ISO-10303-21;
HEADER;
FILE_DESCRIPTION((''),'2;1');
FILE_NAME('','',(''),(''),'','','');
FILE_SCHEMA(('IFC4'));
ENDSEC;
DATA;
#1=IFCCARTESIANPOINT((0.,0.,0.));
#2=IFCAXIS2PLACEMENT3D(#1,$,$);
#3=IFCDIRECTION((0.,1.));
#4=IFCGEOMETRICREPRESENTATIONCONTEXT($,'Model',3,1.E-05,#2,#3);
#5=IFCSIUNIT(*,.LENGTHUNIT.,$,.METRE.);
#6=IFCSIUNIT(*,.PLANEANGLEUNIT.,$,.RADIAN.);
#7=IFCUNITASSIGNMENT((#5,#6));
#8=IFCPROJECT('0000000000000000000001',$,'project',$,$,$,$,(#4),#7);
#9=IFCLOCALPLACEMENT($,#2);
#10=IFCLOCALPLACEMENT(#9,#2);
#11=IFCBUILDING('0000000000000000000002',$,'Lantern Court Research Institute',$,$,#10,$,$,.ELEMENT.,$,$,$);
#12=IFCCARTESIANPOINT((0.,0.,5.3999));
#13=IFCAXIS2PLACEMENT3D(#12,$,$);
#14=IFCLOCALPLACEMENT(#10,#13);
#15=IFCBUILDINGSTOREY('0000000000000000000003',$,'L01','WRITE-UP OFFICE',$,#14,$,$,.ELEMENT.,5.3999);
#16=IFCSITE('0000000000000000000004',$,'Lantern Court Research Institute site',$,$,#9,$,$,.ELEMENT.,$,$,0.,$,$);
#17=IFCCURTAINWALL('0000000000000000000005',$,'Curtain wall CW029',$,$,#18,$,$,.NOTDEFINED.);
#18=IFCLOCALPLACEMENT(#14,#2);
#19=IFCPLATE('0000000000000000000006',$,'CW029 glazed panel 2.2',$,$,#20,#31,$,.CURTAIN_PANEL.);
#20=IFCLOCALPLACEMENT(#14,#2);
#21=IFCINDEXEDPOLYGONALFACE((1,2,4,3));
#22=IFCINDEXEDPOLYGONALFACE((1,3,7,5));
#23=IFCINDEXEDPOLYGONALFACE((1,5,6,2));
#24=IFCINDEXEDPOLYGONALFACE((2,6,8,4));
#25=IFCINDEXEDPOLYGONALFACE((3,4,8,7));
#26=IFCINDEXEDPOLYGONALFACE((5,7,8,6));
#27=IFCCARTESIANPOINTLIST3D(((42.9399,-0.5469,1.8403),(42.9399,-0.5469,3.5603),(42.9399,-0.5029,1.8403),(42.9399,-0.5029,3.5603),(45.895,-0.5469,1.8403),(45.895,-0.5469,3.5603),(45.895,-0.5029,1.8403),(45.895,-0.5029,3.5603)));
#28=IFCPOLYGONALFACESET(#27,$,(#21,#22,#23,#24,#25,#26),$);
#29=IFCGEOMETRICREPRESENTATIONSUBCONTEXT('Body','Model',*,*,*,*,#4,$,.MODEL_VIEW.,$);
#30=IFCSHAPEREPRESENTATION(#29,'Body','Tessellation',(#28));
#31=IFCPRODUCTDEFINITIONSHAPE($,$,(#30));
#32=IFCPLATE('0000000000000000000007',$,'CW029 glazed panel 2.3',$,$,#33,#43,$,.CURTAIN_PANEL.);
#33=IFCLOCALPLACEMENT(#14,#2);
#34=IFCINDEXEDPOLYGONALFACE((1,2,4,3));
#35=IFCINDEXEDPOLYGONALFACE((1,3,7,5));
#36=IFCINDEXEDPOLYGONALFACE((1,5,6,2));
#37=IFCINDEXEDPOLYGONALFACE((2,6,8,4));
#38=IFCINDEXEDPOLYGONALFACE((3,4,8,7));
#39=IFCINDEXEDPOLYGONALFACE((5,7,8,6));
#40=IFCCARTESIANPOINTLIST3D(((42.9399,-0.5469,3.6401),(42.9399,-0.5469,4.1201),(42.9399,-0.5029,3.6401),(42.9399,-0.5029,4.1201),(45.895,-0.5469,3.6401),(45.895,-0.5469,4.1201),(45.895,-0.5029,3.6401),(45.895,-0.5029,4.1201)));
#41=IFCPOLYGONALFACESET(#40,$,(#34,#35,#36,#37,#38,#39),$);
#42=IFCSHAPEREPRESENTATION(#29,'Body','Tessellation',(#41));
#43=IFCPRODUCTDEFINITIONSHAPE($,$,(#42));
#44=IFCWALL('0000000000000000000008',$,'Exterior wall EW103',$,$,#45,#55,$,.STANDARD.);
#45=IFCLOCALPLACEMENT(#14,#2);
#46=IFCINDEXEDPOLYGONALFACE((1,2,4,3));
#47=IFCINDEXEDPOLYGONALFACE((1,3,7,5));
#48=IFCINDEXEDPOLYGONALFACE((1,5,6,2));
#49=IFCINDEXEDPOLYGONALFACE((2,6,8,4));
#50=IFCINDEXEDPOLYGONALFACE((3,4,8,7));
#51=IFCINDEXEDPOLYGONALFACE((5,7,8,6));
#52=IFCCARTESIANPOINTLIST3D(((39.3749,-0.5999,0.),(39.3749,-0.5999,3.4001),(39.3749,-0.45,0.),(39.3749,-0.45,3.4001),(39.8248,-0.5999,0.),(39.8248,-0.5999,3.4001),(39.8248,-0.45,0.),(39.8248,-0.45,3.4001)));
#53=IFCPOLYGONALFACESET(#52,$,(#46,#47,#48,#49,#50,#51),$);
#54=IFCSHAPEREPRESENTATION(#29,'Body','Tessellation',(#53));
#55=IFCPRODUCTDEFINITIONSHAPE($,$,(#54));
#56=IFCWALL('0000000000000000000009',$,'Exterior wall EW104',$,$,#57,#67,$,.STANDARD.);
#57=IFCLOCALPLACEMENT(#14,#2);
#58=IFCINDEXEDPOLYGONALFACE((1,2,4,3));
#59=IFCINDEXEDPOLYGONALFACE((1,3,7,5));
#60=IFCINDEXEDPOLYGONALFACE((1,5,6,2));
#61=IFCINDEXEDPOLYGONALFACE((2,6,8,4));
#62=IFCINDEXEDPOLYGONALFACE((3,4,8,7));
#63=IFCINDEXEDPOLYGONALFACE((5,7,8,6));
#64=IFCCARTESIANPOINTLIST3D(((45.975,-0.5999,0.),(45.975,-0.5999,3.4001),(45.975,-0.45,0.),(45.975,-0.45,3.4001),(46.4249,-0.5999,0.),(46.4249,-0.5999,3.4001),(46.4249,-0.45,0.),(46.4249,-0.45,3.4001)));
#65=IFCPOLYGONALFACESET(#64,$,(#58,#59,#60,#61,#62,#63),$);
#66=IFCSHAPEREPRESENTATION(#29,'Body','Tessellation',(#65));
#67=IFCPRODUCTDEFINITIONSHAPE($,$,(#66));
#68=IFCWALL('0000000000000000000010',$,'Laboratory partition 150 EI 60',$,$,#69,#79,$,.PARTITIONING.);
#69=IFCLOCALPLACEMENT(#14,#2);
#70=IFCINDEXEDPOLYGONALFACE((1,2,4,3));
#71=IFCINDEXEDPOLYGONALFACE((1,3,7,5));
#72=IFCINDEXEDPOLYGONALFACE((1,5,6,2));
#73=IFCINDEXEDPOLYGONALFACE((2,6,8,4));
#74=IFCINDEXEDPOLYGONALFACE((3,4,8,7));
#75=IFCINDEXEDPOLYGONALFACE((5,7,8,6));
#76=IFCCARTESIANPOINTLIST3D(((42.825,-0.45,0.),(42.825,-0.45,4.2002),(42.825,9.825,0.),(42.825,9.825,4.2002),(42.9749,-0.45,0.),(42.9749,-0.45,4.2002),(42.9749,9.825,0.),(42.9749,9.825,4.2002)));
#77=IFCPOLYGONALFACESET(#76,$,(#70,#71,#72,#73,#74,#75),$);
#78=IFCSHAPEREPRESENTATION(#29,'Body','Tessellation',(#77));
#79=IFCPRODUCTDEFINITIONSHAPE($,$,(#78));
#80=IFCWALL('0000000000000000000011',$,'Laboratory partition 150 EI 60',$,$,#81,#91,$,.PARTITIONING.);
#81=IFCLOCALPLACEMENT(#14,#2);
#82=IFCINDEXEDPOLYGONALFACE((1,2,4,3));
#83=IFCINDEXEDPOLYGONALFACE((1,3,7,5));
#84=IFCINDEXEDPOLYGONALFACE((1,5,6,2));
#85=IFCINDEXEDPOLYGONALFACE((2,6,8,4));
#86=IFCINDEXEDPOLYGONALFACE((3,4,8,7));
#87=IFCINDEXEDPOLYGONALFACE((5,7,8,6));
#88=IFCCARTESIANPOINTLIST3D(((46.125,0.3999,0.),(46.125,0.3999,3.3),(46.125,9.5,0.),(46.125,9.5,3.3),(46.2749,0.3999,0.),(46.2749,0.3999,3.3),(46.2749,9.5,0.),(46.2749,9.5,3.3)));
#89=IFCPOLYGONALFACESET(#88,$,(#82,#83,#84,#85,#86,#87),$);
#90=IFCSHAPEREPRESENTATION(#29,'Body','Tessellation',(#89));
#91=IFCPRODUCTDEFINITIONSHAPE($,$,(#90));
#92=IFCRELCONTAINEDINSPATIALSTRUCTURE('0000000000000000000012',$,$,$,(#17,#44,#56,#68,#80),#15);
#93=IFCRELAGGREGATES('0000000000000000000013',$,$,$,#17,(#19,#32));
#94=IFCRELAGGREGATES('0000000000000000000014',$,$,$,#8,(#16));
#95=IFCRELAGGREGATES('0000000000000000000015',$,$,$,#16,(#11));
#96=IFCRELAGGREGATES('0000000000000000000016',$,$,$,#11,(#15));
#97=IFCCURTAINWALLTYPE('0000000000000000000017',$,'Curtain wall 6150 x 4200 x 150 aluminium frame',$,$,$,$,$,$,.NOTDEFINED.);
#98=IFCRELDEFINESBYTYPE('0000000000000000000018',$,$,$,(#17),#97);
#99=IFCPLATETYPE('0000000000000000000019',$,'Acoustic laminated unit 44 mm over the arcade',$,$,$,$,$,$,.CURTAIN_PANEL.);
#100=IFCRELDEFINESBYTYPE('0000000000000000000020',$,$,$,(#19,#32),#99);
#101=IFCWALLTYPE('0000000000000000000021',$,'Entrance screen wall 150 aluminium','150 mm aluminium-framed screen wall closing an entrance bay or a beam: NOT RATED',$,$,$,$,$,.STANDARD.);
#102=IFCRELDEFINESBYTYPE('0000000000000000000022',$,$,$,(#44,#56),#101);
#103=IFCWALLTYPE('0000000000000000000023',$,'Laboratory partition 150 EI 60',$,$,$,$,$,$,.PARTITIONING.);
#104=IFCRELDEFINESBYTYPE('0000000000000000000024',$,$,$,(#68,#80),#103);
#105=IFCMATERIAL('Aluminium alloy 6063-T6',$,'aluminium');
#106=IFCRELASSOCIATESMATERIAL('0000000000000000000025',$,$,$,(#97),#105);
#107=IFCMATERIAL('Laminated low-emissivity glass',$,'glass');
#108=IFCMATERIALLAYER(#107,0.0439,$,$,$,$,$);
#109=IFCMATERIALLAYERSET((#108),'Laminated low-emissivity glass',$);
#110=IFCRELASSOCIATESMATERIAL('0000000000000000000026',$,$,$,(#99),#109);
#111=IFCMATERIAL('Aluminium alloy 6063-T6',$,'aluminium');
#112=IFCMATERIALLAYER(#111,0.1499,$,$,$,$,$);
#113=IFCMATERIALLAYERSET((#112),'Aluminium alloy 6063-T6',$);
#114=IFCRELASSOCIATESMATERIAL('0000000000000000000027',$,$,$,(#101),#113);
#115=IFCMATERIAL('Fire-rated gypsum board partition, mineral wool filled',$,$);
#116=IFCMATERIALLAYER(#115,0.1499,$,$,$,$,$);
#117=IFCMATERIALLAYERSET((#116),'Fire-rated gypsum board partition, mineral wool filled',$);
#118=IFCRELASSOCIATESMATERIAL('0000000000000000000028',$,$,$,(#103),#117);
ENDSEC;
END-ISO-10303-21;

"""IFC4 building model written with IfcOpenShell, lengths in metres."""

from ifc_helpers import new_model, si_unit, direction, frame, frame_2d, origin, origin_2d, place, context, subcontext, project, spatial, rectangle, extrude, material, layer, layer_set, type_object, element, aggregate, save


model = new_model("IFC4")

# Units and contexts
model_context = context("Model", 3, precision=1e-05, world=origin(), true_north=direction((0.0, 1.0)))
body_context = subcontext(model_context, "Body", "Model", "MODEL_VIEW")
ifc_project = project(units=[si_unit("LENGTHUNIT", "METRE"), si_unit("PLANEANGLEUNIT", "RADIAN")], contexts=[model_context])

# Site, building, storey
site_placement = place(None, origin())
site = spatial("IfcSite", under=ifc_project, at=site_placement, Name="Lantern Court Research Institute site", CompositionType="ELEMENT", RefElevation=0.0)
building_placement = place(site_placement, origin())
building = spatial("IfcBuilding", under=site, at=building_placement, Name="Lantern Court Research Institute", CompositionType="ELEMENT")
storey_placement = place(building_placement, frame((0.0, 0.0, 5.3999)))
storey = spatial("IfcBuildingStorey", under=building, at=storey_placement, Name="L01", Description="WRITE-UP OFFICE", CompositionType="ELEMENT", Elevation=5.3999)

# Curtain wall
ifc_material_1 = material(Name="Aluminium alloy 6063-T6", Category="aluminium")
curtain_wall_type_1 = type_object("IfcCurtainWallType", Name="Curtain wall 6150 x 4200 x 150 aluminium frame", PredefinedType="NOTDEFINED", material=ifc_material_1)
curtain_wall_1_placement = place(storey_placement, origin())
curtain_wall_1 = element("IfcCurtainWall", 1, at=curtain_wall_1_placement, inside=storey, type_object=curtain_wall_type_1, Name="Curtain wall CW029", PredefinedType="NOTDEFINED")

# Plates
ifc_material_2 = material(Name="Laminated low-emissivity glass", Category="glass")
ifc_layer_1 = layer(ifc_material_2, 0.0439)
ifc_layer_set_1 = layer_set([ifc_layer_1], Name="Laminated low-emissivity glass")
plate_type = type_object("IfcPlateType", Name="Acoustic laminated unit 44 mm over the arcade", PredefinedType="CURTAIN_PANEL", material=ifc_layer_set_1)
plate_1_placement = place(storey_placement, frame((44.4175, -0.5249, 1.8403), z_axis=(0.0, 0.0, 1.0), x_axis=(-1.0, 0.0, 0.0)))
plate_1 = element("IfcPlate", 2, at=plate_1_placement, type_object=plate_type, Name="CW029 glazed panel 2.2", PredefinedType="CURTAIN_PANEL", context=body_context, shape_type="SweptSolid", body=[
    extrude(rectangle(XDim=2.9551, YDim=0.0439, at=origin_2d()), origin(), (0.0, 0.0, 1.0), 1.72),
])
plate_2_placement = place(storey_placement, frame((44.4175, -0.5249, 3.6401), z_axis=(0.0, 0.0, 1.0), x_axis=(-1.0, 0.0, 0.0)))
plate_2 = element("IfcPlate", 3, at=plate_2_placement, type_object=plate_type, Name="CW029 glazed panel 2.3", PredefinedType="CURTAIN_PANEL", context=body_context, shape_type="SweptSolid", body=[
    extrude(rectangle(XDim=2.9551, YDim=0.0439, at=origin_2d()), origin(), (0.0, 0.0, 1.0), 0.48),
])
aggregate(curtain_wall_1, [plate_1, plate_2])

# Walls
ifc_material_3 = material(Name="Aluminium alloy 6063-T6", Category="aluminium")
ifc_layer_2 = layer(ifc_material_3, 0.1499)
ifc_layer_set_2 = layer_set([ifc_layer_2], Name="Aluminium alloy 6063-T6")
wall_type_1 = type_object("IfcWallType", Name="Entrance screen wall 150 aluminium", Description="150 mm aluminium-framed screen wall closing an entrance bay or a beam: NOT RATED", PredefinedType="STANDARD", material=ifc_layer_set_2)
for number, where, z_axis, x_axis, name in (
    (4, (39.825, -0.5249, 0.0), (0.0, 0.0, 1.0), (-1.0, 0.0, 0.0), "Exterior wall EW103"),
    (5, (46.425, -0.5249, 0.0), (0.0, 0.0, 1.0), (-1.0, 0.0, 0.0), "Exterior wall EW104"),
):
    element("IfcWall", number, at=place(storey_placement, frame(where, z_axis=z_axis, x_axis=x_axis)), inside=storey, type_object=wall_type_1, Name=name, PredefinedType="STANDARD", context=body_context, shape_type="SweptSolid", body=[
        extrude(rectangle(XDim=0.45, YDim=0.1499, at=frame_2d((0.2251, 0.0))), origin(), (0.0, 0.0, 1.0), 3.4001),
    ])
ifc_material_4 = material(Name="Fire-rated gypsum board partition, mineral wool filled")
ifc_layer_3 = layer(ifc_material_4, 0.1499)
ifc_layer_set_3 = layer_set([ifc_layer_3], Name="Fire-rated gypsum board partition, mineral wool filled")
wall_type_2 = type_object("IfcWallType", Name="Laboratory partition 150 EI 60", PredefinedType="PARTITIONING", material=ifc_layer_set_3)
wall_1_placement = place(storey_placement, frame((42.8999, -0.45, 0.0), z_axis=(0.0, 0.0, 1.0), x_axis=(0.0, 1.0, 0.0)))
element("IfcWall", 6, at=wall_1_placement, inside=storey, type_object=wall_type_2, Name="Laboratory partition 150 EI 60", PredefinedType="PARTITIONING", context=body_context, shape_type="SweptSolid", body=[
    extrude(rectangle(XDim=10.2749, YDim=0.1499, at=frame_2d((5.1375, 0.0))), origin(), (0.0, 0.0, 1.0), 4.2002),
])
wall_2_placement = place(storey_placement, frame((46.2, 0.3999, 0.0), z_axis=(0.0, 0.0, 1.0), x_axis=(0.0, 1.0, 0.0)))
element("IfcWall", 7, at=wall_2_placement, inside=storey, type_object=wall_type_2, Name="Laboratory partition 150 EI 60", PredefinedType="PARTITIONING", context=body_context, shape_type="SweptSolid", body=[
    extrude(rectangle(XDim=9.1001, YDim=0.1499, at=frame_2d((4.55, 0.0))), origin(), (0.0, 0.0, 1.0), 3.3),
])

save(model, "model.ifc")
